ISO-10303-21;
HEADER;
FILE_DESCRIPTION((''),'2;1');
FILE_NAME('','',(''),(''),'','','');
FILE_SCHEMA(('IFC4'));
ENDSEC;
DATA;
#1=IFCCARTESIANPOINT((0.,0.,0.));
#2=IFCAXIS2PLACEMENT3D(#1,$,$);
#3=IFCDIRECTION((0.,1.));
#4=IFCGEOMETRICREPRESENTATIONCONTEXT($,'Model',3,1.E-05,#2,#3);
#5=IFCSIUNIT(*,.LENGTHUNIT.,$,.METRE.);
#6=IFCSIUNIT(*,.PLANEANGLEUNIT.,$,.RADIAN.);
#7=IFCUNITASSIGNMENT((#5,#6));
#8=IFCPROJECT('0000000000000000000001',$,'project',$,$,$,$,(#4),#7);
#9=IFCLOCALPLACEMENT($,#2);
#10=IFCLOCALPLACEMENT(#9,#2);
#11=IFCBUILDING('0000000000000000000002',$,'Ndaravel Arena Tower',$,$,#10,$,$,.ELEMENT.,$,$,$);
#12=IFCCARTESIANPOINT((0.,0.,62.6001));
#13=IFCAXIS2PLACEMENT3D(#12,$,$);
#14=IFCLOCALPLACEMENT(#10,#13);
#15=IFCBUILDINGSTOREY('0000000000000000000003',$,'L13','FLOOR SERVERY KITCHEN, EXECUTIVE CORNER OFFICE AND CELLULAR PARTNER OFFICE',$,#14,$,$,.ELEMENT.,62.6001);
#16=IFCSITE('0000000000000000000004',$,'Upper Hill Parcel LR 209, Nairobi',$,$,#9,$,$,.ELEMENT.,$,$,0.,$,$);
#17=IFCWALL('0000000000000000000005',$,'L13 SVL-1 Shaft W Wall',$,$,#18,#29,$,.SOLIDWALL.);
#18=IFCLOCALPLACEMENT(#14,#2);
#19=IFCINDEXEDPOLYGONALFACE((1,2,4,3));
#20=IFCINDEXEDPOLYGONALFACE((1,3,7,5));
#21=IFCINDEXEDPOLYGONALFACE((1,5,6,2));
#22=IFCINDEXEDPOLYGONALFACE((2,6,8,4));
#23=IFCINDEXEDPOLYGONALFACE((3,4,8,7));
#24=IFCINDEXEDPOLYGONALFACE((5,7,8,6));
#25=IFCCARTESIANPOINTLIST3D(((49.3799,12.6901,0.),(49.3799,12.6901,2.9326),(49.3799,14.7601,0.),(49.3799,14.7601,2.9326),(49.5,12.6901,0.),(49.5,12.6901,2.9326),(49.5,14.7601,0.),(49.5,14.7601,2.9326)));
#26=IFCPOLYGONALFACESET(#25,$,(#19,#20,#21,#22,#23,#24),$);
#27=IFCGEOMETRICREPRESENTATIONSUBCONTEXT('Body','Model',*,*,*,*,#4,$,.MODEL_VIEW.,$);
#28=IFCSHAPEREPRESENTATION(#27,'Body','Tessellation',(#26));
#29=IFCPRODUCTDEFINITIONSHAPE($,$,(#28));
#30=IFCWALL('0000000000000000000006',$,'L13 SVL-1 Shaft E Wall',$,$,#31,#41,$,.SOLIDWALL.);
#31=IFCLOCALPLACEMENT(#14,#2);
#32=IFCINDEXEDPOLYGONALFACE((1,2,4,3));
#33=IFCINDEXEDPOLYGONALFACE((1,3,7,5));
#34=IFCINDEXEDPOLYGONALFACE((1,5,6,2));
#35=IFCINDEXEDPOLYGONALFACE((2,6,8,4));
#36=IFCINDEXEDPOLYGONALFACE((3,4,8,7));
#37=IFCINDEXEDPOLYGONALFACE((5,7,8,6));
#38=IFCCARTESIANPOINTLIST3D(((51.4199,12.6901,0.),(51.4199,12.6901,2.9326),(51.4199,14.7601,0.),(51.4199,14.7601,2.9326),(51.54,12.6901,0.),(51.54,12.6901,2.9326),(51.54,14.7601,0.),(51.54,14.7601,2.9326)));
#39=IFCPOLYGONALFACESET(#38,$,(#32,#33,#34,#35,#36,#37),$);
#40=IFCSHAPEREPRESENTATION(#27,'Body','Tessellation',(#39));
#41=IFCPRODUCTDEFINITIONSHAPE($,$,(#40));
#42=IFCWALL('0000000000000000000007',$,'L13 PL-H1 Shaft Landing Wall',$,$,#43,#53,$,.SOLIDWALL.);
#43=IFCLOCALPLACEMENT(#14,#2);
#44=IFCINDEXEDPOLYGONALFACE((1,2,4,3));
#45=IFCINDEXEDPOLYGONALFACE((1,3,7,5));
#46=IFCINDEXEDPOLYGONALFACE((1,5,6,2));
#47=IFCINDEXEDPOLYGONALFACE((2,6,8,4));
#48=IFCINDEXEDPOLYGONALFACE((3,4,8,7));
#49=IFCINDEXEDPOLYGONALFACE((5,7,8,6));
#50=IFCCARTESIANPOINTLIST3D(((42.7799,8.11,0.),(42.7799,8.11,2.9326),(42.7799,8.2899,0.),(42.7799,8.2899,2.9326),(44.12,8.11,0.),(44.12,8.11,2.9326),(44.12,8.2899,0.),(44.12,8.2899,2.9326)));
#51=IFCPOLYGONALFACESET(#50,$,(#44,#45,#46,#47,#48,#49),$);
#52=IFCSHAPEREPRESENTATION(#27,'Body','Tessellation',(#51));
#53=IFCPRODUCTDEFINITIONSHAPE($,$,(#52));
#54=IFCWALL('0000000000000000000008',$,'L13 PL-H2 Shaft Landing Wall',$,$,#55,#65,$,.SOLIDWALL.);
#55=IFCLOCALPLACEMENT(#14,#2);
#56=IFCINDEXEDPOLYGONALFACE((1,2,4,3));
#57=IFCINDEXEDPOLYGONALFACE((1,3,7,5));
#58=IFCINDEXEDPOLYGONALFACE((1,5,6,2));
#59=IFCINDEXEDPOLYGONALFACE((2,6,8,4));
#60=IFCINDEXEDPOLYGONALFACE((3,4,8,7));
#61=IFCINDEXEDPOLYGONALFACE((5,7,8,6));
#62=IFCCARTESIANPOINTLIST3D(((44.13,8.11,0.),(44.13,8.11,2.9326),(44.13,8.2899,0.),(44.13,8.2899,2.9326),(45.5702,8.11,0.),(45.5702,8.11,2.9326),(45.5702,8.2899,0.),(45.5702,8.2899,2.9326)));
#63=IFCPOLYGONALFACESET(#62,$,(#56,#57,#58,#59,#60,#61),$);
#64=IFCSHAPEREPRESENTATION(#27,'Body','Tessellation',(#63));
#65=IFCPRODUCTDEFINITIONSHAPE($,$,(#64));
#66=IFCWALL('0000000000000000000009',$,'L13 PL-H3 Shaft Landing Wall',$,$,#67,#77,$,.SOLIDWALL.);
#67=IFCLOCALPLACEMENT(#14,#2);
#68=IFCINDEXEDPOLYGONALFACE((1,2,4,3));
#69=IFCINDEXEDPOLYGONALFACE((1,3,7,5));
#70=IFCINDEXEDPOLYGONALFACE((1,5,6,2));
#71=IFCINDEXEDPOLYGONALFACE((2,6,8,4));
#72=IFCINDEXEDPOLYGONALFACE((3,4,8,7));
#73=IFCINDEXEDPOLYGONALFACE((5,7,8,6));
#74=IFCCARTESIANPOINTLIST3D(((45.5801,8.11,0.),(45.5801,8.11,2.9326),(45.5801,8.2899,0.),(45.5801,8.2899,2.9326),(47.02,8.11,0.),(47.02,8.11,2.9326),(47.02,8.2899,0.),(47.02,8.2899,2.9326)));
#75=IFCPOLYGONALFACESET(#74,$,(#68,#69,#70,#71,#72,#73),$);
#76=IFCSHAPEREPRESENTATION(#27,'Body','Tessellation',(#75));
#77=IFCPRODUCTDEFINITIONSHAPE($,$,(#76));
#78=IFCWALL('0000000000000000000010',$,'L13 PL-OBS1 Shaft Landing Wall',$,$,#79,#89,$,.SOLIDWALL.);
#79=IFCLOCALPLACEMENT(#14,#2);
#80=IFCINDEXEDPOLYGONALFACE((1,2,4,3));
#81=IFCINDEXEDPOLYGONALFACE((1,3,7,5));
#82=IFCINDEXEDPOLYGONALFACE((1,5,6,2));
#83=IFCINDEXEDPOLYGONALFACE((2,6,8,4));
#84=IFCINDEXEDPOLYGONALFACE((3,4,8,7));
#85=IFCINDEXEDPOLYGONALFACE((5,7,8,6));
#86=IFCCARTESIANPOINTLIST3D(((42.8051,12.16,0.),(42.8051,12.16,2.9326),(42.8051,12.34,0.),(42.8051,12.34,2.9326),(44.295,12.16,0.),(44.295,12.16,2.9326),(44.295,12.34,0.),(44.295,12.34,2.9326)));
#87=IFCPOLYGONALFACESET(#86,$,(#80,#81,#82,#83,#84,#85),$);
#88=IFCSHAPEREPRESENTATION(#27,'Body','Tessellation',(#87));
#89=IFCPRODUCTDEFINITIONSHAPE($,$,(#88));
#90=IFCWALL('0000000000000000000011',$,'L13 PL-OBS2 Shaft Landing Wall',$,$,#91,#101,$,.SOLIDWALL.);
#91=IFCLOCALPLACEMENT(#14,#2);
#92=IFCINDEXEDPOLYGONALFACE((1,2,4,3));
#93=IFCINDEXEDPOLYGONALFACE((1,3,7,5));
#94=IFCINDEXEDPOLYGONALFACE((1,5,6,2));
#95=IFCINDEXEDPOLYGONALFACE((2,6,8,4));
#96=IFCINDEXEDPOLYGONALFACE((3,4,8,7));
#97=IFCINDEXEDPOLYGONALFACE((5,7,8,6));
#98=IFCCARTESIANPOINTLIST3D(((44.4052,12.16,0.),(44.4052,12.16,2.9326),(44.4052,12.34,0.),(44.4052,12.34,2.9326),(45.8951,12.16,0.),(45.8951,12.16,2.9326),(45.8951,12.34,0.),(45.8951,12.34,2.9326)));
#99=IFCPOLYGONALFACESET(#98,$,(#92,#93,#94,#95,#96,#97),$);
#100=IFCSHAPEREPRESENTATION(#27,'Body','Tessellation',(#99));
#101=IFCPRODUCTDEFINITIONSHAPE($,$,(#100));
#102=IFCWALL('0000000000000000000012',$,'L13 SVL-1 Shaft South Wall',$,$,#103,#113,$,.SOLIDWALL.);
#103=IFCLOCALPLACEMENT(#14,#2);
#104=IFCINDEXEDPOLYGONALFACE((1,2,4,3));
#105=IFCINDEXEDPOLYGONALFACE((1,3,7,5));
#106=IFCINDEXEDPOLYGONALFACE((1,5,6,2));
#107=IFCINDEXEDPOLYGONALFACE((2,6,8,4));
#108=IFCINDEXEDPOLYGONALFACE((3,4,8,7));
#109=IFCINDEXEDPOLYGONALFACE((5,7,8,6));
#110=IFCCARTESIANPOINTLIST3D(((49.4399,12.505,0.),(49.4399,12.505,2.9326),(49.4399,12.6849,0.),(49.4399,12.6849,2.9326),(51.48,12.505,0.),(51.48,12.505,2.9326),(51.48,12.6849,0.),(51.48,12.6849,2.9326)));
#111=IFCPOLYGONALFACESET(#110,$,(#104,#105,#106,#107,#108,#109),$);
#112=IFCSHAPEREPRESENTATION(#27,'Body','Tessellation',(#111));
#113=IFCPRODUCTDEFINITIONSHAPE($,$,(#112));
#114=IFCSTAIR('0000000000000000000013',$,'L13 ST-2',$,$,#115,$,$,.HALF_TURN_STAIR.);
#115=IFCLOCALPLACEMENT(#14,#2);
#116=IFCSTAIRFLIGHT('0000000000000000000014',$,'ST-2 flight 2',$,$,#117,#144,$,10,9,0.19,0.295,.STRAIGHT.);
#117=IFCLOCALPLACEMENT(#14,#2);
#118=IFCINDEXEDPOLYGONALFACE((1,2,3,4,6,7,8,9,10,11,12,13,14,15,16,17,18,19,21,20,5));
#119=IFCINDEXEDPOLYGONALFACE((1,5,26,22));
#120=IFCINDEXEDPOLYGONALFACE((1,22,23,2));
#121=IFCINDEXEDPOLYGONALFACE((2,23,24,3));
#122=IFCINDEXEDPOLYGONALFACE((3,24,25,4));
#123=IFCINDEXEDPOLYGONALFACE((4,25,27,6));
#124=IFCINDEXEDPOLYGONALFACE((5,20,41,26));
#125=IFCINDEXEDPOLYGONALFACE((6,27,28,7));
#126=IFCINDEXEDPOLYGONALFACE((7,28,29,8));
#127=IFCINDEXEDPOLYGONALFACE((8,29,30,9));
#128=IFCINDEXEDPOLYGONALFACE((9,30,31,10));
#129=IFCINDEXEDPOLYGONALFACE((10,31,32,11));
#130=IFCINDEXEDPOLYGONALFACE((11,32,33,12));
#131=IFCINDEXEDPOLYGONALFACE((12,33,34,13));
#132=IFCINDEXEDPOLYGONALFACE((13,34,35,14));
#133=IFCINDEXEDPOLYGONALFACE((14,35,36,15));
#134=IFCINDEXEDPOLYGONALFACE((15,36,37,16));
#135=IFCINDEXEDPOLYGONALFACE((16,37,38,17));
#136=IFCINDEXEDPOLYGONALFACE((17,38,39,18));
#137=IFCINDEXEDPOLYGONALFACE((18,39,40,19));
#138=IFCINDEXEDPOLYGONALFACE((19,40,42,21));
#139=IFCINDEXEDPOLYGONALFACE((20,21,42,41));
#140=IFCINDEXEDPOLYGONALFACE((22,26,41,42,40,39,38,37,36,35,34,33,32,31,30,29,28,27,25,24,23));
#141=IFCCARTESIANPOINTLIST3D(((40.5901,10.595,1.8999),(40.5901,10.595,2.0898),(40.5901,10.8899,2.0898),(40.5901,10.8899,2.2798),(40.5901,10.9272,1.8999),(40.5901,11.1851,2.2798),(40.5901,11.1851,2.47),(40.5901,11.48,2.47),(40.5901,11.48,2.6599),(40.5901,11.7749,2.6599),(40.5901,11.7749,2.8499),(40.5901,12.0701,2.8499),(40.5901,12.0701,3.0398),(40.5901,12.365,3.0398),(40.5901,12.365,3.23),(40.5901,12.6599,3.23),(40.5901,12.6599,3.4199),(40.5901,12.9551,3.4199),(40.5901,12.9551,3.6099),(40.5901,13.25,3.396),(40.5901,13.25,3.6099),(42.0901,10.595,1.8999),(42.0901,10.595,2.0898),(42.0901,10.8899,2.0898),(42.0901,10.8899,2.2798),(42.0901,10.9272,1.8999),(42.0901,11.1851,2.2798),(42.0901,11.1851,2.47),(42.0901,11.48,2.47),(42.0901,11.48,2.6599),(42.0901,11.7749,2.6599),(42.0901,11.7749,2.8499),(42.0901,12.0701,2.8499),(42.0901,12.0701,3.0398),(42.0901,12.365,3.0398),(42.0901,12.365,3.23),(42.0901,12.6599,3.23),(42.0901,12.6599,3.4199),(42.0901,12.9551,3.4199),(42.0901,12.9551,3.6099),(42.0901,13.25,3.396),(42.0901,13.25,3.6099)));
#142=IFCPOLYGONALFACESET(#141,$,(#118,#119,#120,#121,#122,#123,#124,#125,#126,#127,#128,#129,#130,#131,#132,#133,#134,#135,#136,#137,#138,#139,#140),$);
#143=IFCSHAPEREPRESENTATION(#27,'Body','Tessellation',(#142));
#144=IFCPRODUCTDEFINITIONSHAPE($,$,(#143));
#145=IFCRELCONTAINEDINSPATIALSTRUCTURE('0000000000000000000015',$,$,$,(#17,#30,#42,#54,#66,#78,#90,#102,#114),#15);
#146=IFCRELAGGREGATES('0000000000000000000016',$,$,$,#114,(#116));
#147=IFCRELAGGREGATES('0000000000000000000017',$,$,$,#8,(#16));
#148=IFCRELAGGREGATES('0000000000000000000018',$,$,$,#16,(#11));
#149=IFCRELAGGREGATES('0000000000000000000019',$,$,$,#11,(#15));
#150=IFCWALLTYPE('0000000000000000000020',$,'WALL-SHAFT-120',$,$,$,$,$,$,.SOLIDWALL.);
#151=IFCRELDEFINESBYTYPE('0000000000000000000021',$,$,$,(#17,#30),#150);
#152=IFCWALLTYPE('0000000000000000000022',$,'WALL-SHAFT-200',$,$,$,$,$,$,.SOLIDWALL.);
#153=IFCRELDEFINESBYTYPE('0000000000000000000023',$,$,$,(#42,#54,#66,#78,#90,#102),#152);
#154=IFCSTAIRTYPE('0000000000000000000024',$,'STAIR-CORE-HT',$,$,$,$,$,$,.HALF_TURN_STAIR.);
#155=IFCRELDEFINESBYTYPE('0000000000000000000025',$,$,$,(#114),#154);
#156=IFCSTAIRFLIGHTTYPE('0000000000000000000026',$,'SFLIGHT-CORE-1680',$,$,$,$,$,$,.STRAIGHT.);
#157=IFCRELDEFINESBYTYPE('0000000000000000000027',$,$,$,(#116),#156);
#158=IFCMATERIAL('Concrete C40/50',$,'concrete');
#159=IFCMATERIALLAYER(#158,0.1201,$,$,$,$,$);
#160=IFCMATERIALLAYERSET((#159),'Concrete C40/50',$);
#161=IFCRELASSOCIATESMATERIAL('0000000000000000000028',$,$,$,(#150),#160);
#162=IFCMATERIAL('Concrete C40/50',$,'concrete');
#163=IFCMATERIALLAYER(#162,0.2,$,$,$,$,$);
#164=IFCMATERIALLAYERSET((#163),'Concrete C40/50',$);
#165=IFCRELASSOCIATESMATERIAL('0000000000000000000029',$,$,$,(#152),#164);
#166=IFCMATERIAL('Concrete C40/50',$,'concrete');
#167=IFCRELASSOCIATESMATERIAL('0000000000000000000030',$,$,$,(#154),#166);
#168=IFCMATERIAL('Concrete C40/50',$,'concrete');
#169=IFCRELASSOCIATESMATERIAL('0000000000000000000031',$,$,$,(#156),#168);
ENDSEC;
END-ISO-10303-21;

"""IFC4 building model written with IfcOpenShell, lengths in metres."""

from ifc_helpers import new_model, si_unit, direction, frame, frame_2d, origin, place, context, subcontext, project, spatial, polyline, rectangle, outline, extrude, material, layer, layer_set, type_object, element, aggregate, save


model = new_model("IFC4")

# Units and contexts
model_context = context("Model", 3, precision=1e-05, world=origin(), true_north=direction((0.0, 1.0)))
body_context = subcontext(model_context, "Body", "Model", "MODEL_VIEW")
ifc_project = project(units=[si_unit("LENGTHUNIT", "METRE"), si_unit("PLANEANGLEUNIT", "RADIAN")], contexts=[model_context])

# Site, building, storey
site_placement = place(None, origin())
site = spatial("IfcSite", under=ifc_project, at=site_placement, Name="Upper Hill Parcel LR 209, Nairobi", CompositionType="ELEMENT", RefElevation=0.0)
building_placement = place(site_placement, origin())
building = spatial("IfcBuilding", under=site, at=building_placement, Name="Ndaravel Arena Tower", CompositionType="ELEMENT")
storey_placement = place(building_placement, frame((0.0, 0.0, 62.6001)))
storey = spatial("IfcBuildingStorey", under=building, at=storey_placement, Name="L13", Description="FLOOR SERVERY KITCHEN, EXECUTIVE CORNER OFFICE AND CELLULAR PARTNER OFFICE", CompositionType="ELEMENT", Elevation=62.6001)

# Walls
ifc_material_1 = material(Name="Concrete C40/50", Category="concrete")
ifc_layer_1 = layer(ifc_material_1, 0.1201)
ifc_layer_set_1 = layer_set([ifc_layer_1], Name="Concrete C40/50")
wall_type_1 = type_object("IfcWallType", Name="WALL-SHAFT-120", PredefinedType="SOLIDWALL", material=ifc_layer_set_1)
for number, where, z_axis, x_axis, name in (
    (1, (49.4399, 12.6899, 0.0), (0.0, 0.0, 1.0), (0.0, 1.0, 0.0), "L13 SVL-1 Shaft W Wall"),
    (2, (51.48, 12.6899, 0.0), (0.0, 0.0, 1.0), (0.0, 1.0, 0.0), "L13 SVL-1 Shaft E Wall"),
):
    element("IfcWall", number, at=place(storey_placement, frame(where, z_axis=z_axis, x_axis=x_axis)), inside=storey, type_object=wall_type_1, Name=name, PredefinedType="SOLIDWALL", context=body_context, shape_type="SweptSolid", body=[
        extrude(rectangle(XDim=2.0701, YDim=0.1201, at=frame_2d((1.0352, 0.0))), origin(), (0.0, 0.0, 1.0), 2.9326),
    ])
ifc_material_2 = material(Name="Concrete C40/50", Category="concrete")
ifc_layer_2 = layer(ifc_material_2, 0.2)
ifc_layer_set_2 = layer_set([ifc_layer_2], Name="Concrete C40/50")
wall_type_2 = type_object("IfcWallType", Name="WALL-SHAFT-200", PredefinedType="SOLIDWALL", material=ifc_layer_set_2)
wall_1_placement = place(storey_placement, frame((42.78, 8.2, 0.0), z_axis=(0.0, 0.0, 1.0), x_axis=(1.0, 0.0, 0.0)))
element("IfcWall", 3, at=wall_1_placement, inside=storey, type_object=wall_type_2, Name="L13 PL-H1 Shaft Landing Wall", PredefinedType="SOLIDWALL", context=body_context, shape_type="SweptSolid", body=[
    extrude(rectangle(XDim=1.3401, YDim=0.1799, at=frame_2d((0.6699, 0.0))), origin(), (0.0, 0.0, 1.0), 2.9326),
])
wall_2_placement = place(storey_placement, frame((44.1299, 8.2, 0.0), z_axis=(0.0, 0.0, 1.0), x_axis=(1.0, 0.0, 0.0)))
element("IfcWall", 4, at=wall_2_placement, inside=storey, type_object=wall_type_2, Name="L13 PL-H2 Shaft Landing Wall", PredefinedType="SOLIDWALL", context=body_context, shape_type="SweptSolid", body=[
    extrude(rectangle(XDim=1.4402, YDim=0.1799, at=frame_2d((0.7202, 0.0))), origin(), (0.0, 0.0, 1.0), 2.9326),
])
wall_3_placement = place(storey_placement, frame((45.5801, 8.2, 0.0), z_axis=(0.0, 0.0, 1.0), x_axis=(1.0, 0.0, 0.0)))
element("IfcWall", 5, at=wall_3_placement, inside=storey, type_object=wall_type_2, Name="L13 PL-H3 Shaft Landing Wall", PredefinedType="SOLIDWALL", context=body_context, shape_type="SweptSolid", body=[
    extrude(rectangle(XDim=1.4399, YDim=0.1799, at=frame_2d((0.72, 0.0))), origin(), (0.0, 0.0, 1.0), 2.9326),
])
for number, where, z_axis, x_axis, name in (
    (6, (42.8049, 12.25, 0.0), (0.0, 0.0, 1.0), (1.0, 0.0, 0.0), "L13 PL-OBS1 Shaft Landing Wall"),
    (7, (44.405, 12.25, 0.0), (0.0, 0.0, 1.0), (1.0, 0.0, 0.0), "L13 PL-OBS2 Shaft Landing Wall"),
):
    element("IfcWall", number, at=place(storey_placement, frame(where, z_axis=z_axis, x_axis=x_axis)), inside=storey, type_object=wall_type_2, Name=name, PredefinedType="SOLIDWALL", context=body_context, shape_type="SweptSolid", body=[
        extrude(rectangle(XDim=1.49, YDim=0.1799, at=frame_2d((0.7451, 0.0))), origin(), (0.0, 0.0, 1.0), 2.9326),
    ])

# Wall
wall_4_placement = place(storey_placement, frame((49.4399, 12.595, 0.0), z_axis=(0.0, 0.0, 1.0), x_axis=(1.0, 0.0, 0.0)))
element("IfcWall", 8, at=wall_4_placement, inside=storey, type_object=wall_type_2, Name="L13 SVL-1 Shaft South Wall", PredefinedType="SOLIDWALL", context=body_context, shape_type="SweptSolid", body=[
    extrude(rectangle(XDim=2.04, YDim=0.1799, at=frame_2d((1.02, 0.0))), origin(), (0.0, 0.0, 1.0), 2.9326),
])

# Stair, stair flight
ifc_material_3 = material(Name="Concrete C40/50", Category="concrete")
stair_type = type_object("IfcStairType", Name="STAIR-CORE-HT", PredefinedType="HALF_TURN_STAIR", material=ifc_material_3)
stair_placement = place(storey_placement, origin())
stair = element("IfcStair", 9, at=stair_placement, inside=storey, type_object=stair_type, Name="L13 ST-2", PredefinedType="HALF_TURN_STAIR")
ifc_material_4 = material(Name="Concrete C40/50", Category="concrete")
stair_flight_type = type_object("IfcStairFlightType", Name="SFLIGHT-CORE-1680", PredefinedType="STRAIGHT", material=ifc_material_4)
stair_flight_placement = place(storey_placement, frame((41.3401, 10.595, 1.8999), z_axis=(0.0, 0.0, 1.0), x_axis=(0.0, 1.0, 0.0)))
stair_flight = element("IfcStairFlight", 10, at=stair_flight_placement, type_object=stair_flight_type, Name="ST-2 flight 2", NumberOfRisers=10, NumberOfTreads=9, PredefinedType="STRAIGHT", RiserHeight=0.19, TreadLength=0.295, context=body_context, shape_type="SweptSolid", body=[
    extrude(outline(polyline([(0.0, 0.0), (0.0, 0.1899), (0.2949, 0.1899), (0.2949, 0.3799), (0.5901, 0.3799), (0.5901, 0.5701), (0.885, 0.5701), (0.885, 0.76), (1.1799, 0.76), (1.1799, 0.95), (1.4751, 0.95), (1.4751, 1.1399), (1.77, 1.1399), (1.77, 1.3301), (2.0649, 1.3301), (2.0649, 1.52), (2.3601, 1.52), (2.3601, 1.71), (2.655, 1.71), (2.655, 1.8999), (2.655, 1.4961), (0.3323, 0.0), (0.0, 0.0)])), frame((0.0, 0.75, 0.0), z_axis=(0.0, -1.0, 0.0), x_axis=(1.0, 0.0, 0.0)), (0.0, 0.0, 1.0), 1.5),
])
aggregate(stair, [stair_flight])

save(model, "model.ifc")
